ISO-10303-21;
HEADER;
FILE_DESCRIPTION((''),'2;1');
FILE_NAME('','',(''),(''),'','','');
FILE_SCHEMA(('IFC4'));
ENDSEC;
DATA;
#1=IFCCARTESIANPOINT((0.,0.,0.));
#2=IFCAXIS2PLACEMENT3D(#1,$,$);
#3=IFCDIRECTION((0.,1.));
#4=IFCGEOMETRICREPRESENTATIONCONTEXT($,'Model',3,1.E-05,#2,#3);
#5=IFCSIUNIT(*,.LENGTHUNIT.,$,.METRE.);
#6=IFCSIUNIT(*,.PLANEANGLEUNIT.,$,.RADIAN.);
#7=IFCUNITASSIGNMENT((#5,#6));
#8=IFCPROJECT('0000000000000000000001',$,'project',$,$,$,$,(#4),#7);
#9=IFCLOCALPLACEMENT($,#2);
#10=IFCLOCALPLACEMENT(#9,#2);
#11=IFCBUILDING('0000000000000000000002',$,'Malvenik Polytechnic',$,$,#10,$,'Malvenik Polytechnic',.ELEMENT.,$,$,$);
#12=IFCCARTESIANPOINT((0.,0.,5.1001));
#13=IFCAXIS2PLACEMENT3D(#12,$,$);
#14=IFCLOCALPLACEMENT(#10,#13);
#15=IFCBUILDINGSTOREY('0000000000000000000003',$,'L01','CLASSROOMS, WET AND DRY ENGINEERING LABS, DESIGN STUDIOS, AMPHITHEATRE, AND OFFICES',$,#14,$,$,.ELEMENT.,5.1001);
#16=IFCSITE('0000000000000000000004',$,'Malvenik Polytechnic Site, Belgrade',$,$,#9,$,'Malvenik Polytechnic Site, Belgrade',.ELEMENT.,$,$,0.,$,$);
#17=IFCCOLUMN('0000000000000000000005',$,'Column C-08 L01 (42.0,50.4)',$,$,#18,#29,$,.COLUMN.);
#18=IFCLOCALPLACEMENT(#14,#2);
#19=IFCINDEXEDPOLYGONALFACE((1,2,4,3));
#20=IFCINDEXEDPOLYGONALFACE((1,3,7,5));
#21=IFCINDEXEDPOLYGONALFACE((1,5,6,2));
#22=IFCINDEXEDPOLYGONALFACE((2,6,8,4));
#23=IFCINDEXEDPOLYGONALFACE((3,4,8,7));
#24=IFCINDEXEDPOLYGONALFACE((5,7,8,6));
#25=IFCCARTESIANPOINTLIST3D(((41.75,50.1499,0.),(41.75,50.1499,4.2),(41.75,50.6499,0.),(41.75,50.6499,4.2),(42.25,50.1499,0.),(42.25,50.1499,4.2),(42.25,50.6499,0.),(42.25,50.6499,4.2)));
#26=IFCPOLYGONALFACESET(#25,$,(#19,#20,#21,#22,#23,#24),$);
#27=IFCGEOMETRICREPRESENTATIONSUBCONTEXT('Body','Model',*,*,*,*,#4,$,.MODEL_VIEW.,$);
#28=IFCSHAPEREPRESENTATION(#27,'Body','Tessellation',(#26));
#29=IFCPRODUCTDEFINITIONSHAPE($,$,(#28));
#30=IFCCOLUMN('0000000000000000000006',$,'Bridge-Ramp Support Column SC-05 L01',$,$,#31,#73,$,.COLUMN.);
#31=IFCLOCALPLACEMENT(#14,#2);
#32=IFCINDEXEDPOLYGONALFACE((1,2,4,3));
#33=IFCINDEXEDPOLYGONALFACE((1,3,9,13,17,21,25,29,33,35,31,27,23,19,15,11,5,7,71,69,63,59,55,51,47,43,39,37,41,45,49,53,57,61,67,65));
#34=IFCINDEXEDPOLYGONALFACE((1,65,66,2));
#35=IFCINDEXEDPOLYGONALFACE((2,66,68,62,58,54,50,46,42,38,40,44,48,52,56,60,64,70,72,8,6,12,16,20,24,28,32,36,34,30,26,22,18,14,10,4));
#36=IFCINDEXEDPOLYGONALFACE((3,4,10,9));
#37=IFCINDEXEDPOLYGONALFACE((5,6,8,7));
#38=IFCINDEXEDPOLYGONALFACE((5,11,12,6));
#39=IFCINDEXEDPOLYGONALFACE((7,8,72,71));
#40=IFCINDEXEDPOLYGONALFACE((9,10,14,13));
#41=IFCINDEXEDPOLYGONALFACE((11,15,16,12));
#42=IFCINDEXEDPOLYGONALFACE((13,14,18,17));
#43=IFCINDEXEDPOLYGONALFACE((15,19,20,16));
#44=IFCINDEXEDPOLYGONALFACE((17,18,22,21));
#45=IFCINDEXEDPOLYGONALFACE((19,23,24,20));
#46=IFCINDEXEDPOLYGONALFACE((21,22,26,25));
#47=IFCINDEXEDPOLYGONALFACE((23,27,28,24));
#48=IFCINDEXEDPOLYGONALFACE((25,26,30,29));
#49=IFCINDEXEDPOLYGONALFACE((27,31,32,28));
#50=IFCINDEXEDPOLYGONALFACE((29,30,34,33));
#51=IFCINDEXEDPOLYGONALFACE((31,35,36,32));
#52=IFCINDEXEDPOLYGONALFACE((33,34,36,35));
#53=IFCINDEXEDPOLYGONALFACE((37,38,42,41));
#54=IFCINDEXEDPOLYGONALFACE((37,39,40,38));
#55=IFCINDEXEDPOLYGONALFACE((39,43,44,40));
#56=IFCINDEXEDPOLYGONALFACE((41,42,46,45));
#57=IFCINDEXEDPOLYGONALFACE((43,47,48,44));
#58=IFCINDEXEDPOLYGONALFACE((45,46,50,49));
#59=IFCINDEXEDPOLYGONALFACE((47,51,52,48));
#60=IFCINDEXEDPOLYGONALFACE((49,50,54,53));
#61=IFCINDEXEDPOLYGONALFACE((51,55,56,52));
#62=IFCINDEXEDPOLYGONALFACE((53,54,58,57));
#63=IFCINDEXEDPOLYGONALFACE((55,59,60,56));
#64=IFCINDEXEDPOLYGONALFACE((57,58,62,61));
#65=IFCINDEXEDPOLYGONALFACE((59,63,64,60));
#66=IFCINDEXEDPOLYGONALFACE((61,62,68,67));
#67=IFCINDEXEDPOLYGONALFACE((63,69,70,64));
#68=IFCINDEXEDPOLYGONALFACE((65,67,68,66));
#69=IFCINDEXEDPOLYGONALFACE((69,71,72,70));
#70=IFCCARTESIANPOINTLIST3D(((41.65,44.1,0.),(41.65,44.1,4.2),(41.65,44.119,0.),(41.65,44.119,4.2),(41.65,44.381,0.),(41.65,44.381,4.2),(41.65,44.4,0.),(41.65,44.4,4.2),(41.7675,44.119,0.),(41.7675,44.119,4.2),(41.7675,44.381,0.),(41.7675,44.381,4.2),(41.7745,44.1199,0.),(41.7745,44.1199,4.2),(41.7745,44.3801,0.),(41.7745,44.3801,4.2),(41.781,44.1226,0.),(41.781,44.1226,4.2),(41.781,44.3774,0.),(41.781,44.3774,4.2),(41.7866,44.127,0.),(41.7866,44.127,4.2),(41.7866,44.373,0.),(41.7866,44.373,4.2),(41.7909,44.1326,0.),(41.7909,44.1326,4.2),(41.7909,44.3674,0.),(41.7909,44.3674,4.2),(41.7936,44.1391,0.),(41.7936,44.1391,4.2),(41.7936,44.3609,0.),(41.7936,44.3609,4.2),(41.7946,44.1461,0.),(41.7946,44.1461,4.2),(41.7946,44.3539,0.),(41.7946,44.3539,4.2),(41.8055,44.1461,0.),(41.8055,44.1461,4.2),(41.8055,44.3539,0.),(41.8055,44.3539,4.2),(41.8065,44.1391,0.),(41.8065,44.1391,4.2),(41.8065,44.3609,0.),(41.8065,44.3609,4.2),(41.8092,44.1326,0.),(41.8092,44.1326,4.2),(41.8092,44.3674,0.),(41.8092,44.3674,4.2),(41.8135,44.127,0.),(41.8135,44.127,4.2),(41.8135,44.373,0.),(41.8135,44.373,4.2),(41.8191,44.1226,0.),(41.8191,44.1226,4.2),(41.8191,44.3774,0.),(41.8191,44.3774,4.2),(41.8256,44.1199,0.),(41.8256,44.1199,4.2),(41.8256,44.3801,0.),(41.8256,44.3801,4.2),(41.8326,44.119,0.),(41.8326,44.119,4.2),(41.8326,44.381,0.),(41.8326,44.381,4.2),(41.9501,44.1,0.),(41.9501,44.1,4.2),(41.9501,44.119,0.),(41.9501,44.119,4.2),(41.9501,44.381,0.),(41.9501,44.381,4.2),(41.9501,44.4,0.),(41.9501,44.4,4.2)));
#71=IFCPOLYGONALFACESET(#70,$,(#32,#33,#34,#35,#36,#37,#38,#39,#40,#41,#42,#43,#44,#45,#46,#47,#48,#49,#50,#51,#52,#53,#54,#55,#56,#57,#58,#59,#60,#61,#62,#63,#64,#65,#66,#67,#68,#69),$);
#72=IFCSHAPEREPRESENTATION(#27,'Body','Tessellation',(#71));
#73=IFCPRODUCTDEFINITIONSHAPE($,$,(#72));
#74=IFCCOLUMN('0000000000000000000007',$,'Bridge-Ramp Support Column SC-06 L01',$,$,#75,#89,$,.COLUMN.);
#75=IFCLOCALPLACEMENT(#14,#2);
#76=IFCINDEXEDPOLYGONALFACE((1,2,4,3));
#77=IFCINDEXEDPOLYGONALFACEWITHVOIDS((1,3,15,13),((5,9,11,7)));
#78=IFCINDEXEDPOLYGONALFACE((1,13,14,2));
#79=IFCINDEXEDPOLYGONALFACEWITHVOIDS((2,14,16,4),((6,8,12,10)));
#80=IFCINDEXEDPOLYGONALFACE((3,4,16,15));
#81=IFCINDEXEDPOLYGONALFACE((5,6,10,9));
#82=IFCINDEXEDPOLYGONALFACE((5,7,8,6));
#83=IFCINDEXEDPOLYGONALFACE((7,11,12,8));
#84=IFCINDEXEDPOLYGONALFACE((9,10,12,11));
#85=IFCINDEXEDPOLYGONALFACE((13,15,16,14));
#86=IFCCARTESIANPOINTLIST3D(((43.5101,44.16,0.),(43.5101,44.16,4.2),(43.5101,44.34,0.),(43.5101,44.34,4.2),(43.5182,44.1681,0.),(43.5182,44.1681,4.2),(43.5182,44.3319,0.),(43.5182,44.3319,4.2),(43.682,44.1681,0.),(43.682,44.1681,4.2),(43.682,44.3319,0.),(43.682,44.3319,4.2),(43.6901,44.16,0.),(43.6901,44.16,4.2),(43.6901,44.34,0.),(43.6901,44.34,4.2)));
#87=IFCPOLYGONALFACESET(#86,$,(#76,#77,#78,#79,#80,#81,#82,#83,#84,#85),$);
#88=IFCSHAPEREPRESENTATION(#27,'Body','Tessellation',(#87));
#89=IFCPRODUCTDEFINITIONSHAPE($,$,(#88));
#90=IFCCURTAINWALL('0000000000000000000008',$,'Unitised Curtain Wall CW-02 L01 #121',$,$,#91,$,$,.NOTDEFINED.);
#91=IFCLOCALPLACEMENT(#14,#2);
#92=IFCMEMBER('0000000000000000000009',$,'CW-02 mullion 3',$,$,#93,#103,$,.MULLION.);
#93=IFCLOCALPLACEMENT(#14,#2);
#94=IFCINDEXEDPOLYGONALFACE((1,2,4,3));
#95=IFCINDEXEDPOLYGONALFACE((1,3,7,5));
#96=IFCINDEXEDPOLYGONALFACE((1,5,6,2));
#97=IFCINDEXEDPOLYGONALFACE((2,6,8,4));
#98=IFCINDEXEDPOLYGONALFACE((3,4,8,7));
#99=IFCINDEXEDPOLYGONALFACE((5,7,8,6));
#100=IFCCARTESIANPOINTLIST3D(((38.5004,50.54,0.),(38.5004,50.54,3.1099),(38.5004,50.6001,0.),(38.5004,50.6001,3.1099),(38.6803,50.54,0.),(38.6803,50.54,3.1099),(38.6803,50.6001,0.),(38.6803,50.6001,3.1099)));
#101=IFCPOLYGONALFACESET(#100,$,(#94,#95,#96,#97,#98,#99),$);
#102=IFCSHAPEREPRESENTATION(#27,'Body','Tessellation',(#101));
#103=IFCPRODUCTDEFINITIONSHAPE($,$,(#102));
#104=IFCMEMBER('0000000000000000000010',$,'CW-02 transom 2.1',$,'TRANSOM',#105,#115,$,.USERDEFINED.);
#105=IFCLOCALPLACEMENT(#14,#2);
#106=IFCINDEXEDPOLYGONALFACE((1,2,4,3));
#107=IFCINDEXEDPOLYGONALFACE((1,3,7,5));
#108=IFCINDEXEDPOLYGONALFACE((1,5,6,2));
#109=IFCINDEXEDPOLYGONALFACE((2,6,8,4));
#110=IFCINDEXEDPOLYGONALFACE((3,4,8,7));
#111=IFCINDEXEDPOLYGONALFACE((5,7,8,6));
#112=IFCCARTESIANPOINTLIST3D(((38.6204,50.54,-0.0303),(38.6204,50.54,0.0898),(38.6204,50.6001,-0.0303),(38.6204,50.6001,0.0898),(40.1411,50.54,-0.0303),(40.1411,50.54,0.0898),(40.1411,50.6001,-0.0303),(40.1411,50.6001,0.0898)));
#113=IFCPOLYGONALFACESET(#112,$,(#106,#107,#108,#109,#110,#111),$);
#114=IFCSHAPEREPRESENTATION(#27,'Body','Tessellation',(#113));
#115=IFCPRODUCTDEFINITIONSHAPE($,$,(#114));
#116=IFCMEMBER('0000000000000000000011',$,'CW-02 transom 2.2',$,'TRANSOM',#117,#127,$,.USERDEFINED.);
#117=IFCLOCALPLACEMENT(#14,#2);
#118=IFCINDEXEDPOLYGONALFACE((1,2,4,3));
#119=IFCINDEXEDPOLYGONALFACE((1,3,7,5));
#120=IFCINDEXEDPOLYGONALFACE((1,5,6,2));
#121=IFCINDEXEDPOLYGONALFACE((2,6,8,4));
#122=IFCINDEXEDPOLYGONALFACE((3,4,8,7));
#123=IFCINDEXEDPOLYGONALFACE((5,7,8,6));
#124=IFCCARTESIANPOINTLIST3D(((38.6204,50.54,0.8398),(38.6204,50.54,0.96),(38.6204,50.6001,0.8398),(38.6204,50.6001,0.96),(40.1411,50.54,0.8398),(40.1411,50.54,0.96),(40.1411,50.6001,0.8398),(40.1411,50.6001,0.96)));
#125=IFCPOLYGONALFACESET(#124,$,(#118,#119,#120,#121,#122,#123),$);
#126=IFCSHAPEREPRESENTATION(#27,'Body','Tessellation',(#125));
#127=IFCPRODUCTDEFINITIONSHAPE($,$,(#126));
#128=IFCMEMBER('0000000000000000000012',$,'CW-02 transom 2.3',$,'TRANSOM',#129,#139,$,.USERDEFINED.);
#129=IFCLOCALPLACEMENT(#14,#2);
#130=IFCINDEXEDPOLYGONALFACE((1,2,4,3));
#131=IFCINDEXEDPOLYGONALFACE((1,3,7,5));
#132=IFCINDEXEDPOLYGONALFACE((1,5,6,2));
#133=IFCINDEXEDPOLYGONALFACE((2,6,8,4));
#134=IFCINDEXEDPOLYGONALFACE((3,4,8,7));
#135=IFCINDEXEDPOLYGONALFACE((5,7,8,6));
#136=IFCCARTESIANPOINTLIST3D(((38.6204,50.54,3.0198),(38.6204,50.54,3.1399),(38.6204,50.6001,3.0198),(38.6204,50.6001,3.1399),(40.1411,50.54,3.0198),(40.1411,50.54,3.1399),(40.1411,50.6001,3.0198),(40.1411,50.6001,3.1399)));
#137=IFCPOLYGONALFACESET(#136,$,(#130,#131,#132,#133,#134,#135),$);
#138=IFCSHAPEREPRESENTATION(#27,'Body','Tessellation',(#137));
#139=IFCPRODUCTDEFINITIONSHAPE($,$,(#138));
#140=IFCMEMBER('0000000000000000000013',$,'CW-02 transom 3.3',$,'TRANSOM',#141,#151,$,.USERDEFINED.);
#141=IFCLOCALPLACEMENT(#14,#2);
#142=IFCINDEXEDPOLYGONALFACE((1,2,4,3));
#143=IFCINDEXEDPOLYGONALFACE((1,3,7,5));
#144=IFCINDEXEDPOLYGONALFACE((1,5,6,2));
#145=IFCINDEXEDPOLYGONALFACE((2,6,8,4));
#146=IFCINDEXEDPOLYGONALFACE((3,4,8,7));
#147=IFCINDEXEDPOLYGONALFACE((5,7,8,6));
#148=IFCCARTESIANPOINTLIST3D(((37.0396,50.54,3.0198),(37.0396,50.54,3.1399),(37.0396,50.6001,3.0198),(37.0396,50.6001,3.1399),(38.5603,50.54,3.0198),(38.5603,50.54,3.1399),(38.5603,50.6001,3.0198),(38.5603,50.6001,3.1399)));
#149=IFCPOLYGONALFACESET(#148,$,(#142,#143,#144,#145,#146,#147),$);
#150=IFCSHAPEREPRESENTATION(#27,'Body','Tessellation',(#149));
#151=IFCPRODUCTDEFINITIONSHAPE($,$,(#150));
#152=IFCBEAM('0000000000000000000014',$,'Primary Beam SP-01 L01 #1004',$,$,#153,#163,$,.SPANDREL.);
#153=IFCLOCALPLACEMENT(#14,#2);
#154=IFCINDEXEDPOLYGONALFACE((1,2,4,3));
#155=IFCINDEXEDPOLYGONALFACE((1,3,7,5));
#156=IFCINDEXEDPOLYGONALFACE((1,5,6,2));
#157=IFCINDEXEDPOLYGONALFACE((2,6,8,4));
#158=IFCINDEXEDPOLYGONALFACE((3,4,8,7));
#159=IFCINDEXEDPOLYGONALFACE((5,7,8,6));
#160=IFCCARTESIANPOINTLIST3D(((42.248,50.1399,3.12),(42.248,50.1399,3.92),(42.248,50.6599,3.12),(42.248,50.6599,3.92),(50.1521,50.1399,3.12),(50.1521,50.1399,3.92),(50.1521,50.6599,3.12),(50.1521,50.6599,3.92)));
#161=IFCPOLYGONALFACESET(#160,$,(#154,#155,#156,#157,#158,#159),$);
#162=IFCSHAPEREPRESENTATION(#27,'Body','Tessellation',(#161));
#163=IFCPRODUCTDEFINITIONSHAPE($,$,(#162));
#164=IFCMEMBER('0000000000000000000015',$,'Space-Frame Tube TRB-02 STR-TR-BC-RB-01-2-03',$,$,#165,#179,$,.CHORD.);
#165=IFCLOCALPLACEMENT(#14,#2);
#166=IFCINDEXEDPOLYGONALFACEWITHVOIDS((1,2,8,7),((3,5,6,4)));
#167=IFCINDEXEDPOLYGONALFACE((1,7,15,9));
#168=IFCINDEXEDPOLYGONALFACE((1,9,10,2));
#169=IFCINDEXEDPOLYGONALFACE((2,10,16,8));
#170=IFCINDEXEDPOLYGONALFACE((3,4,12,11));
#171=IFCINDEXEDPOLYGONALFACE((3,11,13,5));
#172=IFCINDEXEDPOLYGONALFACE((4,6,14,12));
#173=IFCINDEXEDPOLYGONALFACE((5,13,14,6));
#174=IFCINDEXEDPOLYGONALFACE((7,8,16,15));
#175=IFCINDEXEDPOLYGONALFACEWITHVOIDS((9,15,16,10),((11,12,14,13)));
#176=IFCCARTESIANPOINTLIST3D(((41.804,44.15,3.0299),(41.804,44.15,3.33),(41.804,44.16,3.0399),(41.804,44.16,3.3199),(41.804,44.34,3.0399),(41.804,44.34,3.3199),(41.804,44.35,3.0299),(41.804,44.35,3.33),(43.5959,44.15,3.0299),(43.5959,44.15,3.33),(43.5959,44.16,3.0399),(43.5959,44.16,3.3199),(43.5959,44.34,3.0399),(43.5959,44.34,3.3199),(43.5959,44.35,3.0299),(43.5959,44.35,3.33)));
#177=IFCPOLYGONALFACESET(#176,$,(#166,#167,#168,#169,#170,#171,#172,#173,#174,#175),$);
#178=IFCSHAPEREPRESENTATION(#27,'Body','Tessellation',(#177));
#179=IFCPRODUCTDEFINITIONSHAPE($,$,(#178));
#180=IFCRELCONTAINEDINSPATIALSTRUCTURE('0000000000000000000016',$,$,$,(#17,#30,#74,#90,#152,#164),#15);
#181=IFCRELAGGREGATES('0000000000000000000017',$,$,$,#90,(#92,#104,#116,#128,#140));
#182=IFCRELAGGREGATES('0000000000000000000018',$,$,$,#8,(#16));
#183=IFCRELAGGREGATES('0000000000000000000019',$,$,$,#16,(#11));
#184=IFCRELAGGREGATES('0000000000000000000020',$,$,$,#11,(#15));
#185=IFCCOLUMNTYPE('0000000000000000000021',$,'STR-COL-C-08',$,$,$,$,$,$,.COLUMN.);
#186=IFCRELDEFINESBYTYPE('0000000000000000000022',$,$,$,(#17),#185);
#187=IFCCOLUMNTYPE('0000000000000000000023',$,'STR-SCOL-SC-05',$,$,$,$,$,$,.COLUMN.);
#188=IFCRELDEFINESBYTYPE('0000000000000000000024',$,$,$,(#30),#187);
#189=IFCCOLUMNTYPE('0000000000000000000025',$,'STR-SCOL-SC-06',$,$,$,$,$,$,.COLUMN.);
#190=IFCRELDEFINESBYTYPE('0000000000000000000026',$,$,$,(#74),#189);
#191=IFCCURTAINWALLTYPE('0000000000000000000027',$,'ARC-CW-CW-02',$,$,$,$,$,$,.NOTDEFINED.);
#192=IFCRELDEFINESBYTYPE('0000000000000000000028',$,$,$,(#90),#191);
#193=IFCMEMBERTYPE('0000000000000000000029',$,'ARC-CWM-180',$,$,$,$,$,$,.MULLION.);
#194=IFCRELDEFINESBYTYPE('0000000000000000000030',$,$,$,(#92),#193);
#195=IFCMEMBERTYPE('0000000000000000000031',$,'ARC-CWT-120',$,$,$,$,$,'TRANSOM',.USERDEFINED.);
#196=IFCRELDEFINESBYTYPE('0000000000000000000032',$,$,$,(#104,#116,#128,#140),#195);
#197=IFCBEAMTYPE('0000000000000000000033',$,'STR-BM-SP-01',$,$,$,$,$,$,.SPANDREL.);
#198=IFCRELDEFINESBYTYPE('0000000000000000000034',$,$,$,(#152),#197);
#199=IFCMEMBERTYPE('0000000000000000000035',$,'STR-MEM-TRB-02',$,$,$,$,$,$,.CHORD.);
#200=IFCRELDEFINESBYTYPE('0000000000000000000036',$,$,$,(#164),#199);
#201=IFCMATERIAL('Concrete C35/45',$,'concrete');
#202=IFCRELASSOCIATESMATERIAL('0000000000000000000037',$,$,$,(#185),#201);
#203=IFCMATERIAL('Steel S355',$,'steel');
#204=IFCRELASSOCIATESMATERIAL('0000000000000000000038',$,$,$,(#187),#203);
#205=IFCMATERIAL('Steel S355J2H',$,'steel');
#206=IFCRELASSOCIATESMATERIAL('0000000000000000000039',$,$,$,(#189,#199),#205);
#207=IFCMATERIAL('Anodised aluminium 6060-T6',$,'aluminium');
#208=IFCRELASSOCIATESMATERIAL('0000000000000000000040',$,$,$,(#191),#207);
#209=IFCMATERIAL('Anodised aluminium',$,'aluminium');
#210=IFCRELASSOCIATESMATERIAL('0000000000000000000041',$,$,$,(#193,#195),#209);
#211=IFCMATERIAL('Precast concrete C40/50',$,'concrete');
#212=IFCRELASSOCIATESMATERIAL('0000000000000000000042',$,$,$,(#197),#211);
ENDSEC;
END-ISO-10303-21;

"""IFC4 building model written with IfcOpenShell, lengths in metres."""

from ifc_helpers import new_model, si_unit, direction, frame, origin, origin_2d, place, context, subcontext, project, spatial, rectangle, hollow_rectangle, i_section, extrude, material, material_profile, profile_set, type_object, element, aggregate, save


model = new_model("IFC4")

# Units and contexts
model_context = context("Model", 3, precision=1e-05, world=origin(), true_north=direction((0.0, 1.0)))
body_context = subcontext(model_context, "Body", "Model", "MODEL_VIEW")
ifc_project = project(units=[si_unit("LENGTHUNIT", "METRE"), si_unit("PLANEANGLEUNIT", "RADIAN")], contexts=[model_context])

# Site, building, storey
site_placement = place(None, origin())
site = spatial("IfcSite", under=ifc_project, at=site_placement, Name="Malvenik Polytechnic Site, Belgrade", LongName="Malvenik Polytechnic Site, Belgrade", CompositionType="ELEMENT", RefElevation=0.0)
building_placement = place(site_placement, origin())
building = spatial("IfcBuilding", under=site, at=building_placement, Name="Malvenik Polytechnic", LongName="Malvenik Polytechnic", CompositionType="ELEMENT")
storey_placement = place(building_placement, frame((0.0, 0.0, 5.1001)))
storey = spatial("IfcBuildingStorey", under=building, at=storey_placement, Name="L01", Description="CLASSROOMS, WET AND DRY ENGINEERING LABS, DESIGN STUDIOS, AMPHITHEATRE, AND OFFICES", CompositionType="ELEMENT", Elevation=5.1001)

# Columns
ifc_material_1 = material(Name="Concrete C35/45", Category="concrete")
ifc_material_profile_1 = material_profile(ifc_material_1, rectangle(XDim=0.5, YDim=0.5, at=origin_2d()), Name="RC COL 500x500")
ifc_profile_set_1 = profile_set([ifc_material_profile_1], Name="Concrete C35/45")
column_type_1 = type_object("IfcColumnType", Name="STR-COL-C-08", PredefinedType="COLUMN", material=ifc_profile_set_1)
column_1_placement = place(storey_placement, frame((42.0, 50.3999, 0.0), z_axis=(0.0, 0.0, 1.0), x_axis=(1.0, 0.0, 0.0)))
element("IfcColumn", 1, at=column_1_placement, inside=storey, type_object=column_type_1, Name="Column C-08 L01 (42.0,50.4)", PredefinedType="COLUMN", context=body_context, shape_type="SweptSolid", body=[
    extrude(rectangle(XDim=0.5, YDim=0.5, at=origin_2d()), origin(), (0.0, 0.0, 1.0), 4.2),
])
ifc_material_2 = material(Name="Steel S355", Category="steel")
ifc_material_profile_2 = material_profile(ifc_material_2, i_section(OverallWidth=0.3, OverallDepth=0.3, WebThickness=0.011, FlangeThickness=0.019, FilletRadius=0.0271, at=origin_2d()), Name="HEB 300")
ifc_profile_set_2 = profile_set([ifc_material_profile_2], Name="Steel S355")
column_type_2 = type_object("IfcColumnType", Name="STR-SCOL-SC-05", PredefinedType="COLUMN", material=ifc_profile_set_2)
column_2_placement = place(storey_placement, frame((41.8, 44.25, 0.0), z_axis=(0.0, 0.0, 1.0), x_axis=(1.0, 0.0, 0.0)))
element("IfcColumn", 2, at=column_2_placement, inside=storey, type_object=column_type_2, Name="Bridge-Ramp Support Column SC-05 L01", PredefinedType="COLUMN", context=body_context, shape_type="SweptSolid", body=[
    extrude(i_section(OverallWidth=0.3, OverallDepth=0.3, WebThickness=0.011, FlangeThickness=0.019, FilletRadius=0.0271, at=origin_2d()), origin(), (0.0, 0.0, 1.0), 4.2),
])
ifc_material_3 = material(Name="Steel S355J2H", Category="steel")
ifc_material_profile_3 = material_profile(ifc_material_3, hollow_rectangle(XDim=0.1799, YDim=0.1799, WallThickness=0.0081, at=origin_2d()), Name="SHS 180x180x8.0")
ifc_profile_set_3 = profile_set([ifc_material_profile_3], Name="Steel S355J2H")
column_type_3 = type_object("IfcColumnType", Name="STR-SCOL-SC-06", PredefinedType="COLUMN", material=ifc_profile_set_3)
column_3_placement = place(storey_placement, frame((43.6001, 44.25, 0.0), z_axis=(0.0, 0.0, 1.0), x_axis=(1.0, 0.0, 0.0)))
element("IfcColumn", 3, at=column_3_placement, inside=storey, type_object=column_type_3, Name="Bridge-Ramp Support Column SC-06 L01", PredefinedType="COLUMN", context=body_context, shape_type="SweptSolid", body=[
    extrude(hollow_rectangle(XDim=0.1799, YDim=0.1799, WallThickness=0.0081, at=origin_2d()), origin(), (0.0, 0.0, 1.0), 4.2),
])

# Curtain wall, members
ifc_material_4 = material(Name="Anodised aluminium 6060-T6", Category="aluminium")
curtain_wall_type = type_object("IfcCurtainWallType", Name="ARC-CW-CW-02", PredefinedType="NOTDEFINED", material=ifc_material_4)
curtain_wall_placement = place(storey_placement, origin())
curtain_wall = element("IfcCurtainWall", 4, at=curtain_wall_placement, inside=storey, type_object=curtain_wall_type, Name="Unitised Curtain Wall CW-02 L01 #121", PredefinedType="NOTDEFINED")
ifc_material_5 = material(Name="Anodised aluminium", Category="aluminium")
ifc_material_profile_4 = material_profile(ifc_material_5, rectangle(XDim=0.0601, YDim=0.1799, at=origin_2d()), Name="ALU MULLION 60x180")
ifc_profile_set_4 = profile_set([ifc_material_profile_4], Name="Anodised aluminium")
member_type_1 = type_object("IfcMemberType", Name="ARC-CWM-180", PredefinedType="MULLION", material=ifc_profile_set_4)
member_1_placement = place(storey_placement, frame((38.5903, 50.5701, 0.0), z_axis=(0.0, 0.0, 1.0), x_axis=(0.0, -1.0, 0.0)))
member_1 = element("IfcMember", 5, at=member_1_placement, type_object=member_type_1, Name="CW-02 mullion 3", PredefinedType="MULLION", context=body_context, shape_type="SweptSolid", body=[
    extrude(rectangle(XDim=0.0601, YDim=0.1799, at=origin_2d()), origin(), (0.0, 0.0, 1.0), 3.1099),
])
ifc_material_profile_5 = material_profile(ifc_material_5, rectangle(XDim=0.0601, YDim=0.1201, at=origin_2d()), Name="ALU TRANSOM 60x120")
ifc_profile_set_5 = profile_set([ifc_material_profile_5], Name="Anodised aluminium")
member_type_2 = type_object("IfcMemberType", Name="ARC-CWT-120", ElementType="TRANSOM", PredefinedType="USERDEFINED", material=ifc_profile_set_5)
member_2_placement = place(storey_placement, frame((40.1411, 50.5701, 0.0298), z_axis=(-1.0, 0.0, 0.0), x_axis=(0.0, -1.0, 0.0)))
member_2 = element("IfcMember", 6, at=member_2_placement, type_object=member_type_2, Name="CW-02 transom 2.1", ObjectType="TRANSOM", PredefinedType="USERDEFINED", context=body_context, shape_type="SweptSolid", body=[
    extrude(rectangle(XDim=0.0601, YDim=0.1201, at=origin_2d()), origin(), (0.0, 0.0, 1.0), 1.5208),
])
member_3_placement = place(storey_placement, frame((40.1411, 50.5701, 0.8999), z_axis=(-1.0, 0.0, 0.0), x_axis=(0.0, -1.0, 0.0)))
member_3 = element("IfcMember", 7, at=member_3_placement, type_object=member_type_2, Name="CW-02 transom 2.2", ObjectType="TRANSOM", PredefinedType="USERDEFINED", context=body_context, shape_type="SweptSolid", body=[
    extrude(rectangle(XDim=0.0601, YDim=0.1201, at=origin_2d()), origin(), (0.0, 0.0, 1.0), 1.5208),
])
member_4_placement = place(storey_placement, frame((40.1411, 50.5701, 3.0798), z_axis=(-1.0, 0.0, 0.0), x_axis=(0.0, -1.0, 0.0)))
member_4 = element("IfcMember", 8, at=member_4_placement, type_object=member_type_2, Name="CW-02 transom 2.3", ObjectType="TRANSOM", PredefinedType="USERDEFINED", context=body_context, shape_type="SweptSolid", body=[
    extrude(rectangle(XDim=0.0601, YDim=0.1201, at=origin_2d()), origin(), (0.0, 0.0, 1.0), 1.5208),
])
member_5_placement = place(storey_placement, frame((38.5603, 50.5701, 3.0798), z_axis=(-1.0, 0.0, 0.0), x_axis=(0.0, -1.0, 0.0)))
member_5 = element("IfcMember", 9, at=member_5_placement, type_object=member_type_2, Name="CW-02 transom 3.3", ObjectType="TRANSOM", PredefinedType="USERDEFINED", context=body_context, shape_type="SweptSolid", body=[
    extrude(rectangle(XDim=0.0601, YDim=0.1201, at=origin_2d()), origin(), (0.0, 0.0, 1.0), 1.5208),
])

# Beam
ifc_material_6 = material(Name="Precast concrete C40/50", Category="concrete")
ifc_material_profile_6 = material_profile(ifc_material_6, rectangle(XDim=0.52, YDim=0.8, at=origin_2d()), Name="PC SPN 520x800")
ifc_profile_set_6 = profile_set([ifc_material_profile_6], Name="Precast concrete C40/50")
beam_type = type_object("IfcBeamType", Name="STR-BM-SP-01", PredefinedType="SPANDREL", material=ifc_profile_set_6)
beam_placement = place(storey_placement, frame((42.248, 50.3999, 3.52), z_axis=(1.0, 0.0, 0.0), x_axis=(0.0, 1.0, 0.0)))
element("IfcBeam", 10, at=beam_placement, inside=storey, type_object=beam_type, Name="Primary Beam SP-01 L01 #1004", PredefinedType="SPANDREL", context=body_context, shape_type="SweptSolid", body=[
    extrude(rectangle(XDim=0.52, YDim=0.8, at=origin_2d()), origin(), (0.0, 0.0, 1.0), 7.9041),
])

# Member
ifc_material_profile_7 = material_profile(ifc_material_3, hollow_rectangle(XDim=0.2, YDim=0.3, WallThickness=0.01, at=origin_2d()), Name="RHS 300x200x10.0")
ifc_profile_set_7 = profile_set([ifc_material_profile_7], Name="Steel S355J2H")
member_type_3 = type_object("IfcMemberType", Name="STR-MEM-TRB-02", PredefinedType="CHORD", material=ifc_profile_set_7)
member_6_placement = place(storey_placement, frame((41.804, 44.25, 3.1799), z_axis=(1.0, 0.0, 0.0), x_axis=(0.0, 1.0, 0.0)))
element("IfcMember", 11, at=member_6_placement, inside=storey, type_object=member_type_3, Name="Space-Frame Tube TRB-02 STR-TR-BC-RB-01-2-03", PredefinedType="CHORD", context=body_context, shape_type="SweptSolid", body=[
    extrude(hollow_rectangle(XDim=0.2, YDim=0.3, WallThickness=0.01, at=origin_2d()), origin(), (0.0, 0.0, 1.0), 1.792),
])

aggregate(curtain_wall, [member_1, member_2, member_3, member_4, member_5])

save(model, "model.ifc")
